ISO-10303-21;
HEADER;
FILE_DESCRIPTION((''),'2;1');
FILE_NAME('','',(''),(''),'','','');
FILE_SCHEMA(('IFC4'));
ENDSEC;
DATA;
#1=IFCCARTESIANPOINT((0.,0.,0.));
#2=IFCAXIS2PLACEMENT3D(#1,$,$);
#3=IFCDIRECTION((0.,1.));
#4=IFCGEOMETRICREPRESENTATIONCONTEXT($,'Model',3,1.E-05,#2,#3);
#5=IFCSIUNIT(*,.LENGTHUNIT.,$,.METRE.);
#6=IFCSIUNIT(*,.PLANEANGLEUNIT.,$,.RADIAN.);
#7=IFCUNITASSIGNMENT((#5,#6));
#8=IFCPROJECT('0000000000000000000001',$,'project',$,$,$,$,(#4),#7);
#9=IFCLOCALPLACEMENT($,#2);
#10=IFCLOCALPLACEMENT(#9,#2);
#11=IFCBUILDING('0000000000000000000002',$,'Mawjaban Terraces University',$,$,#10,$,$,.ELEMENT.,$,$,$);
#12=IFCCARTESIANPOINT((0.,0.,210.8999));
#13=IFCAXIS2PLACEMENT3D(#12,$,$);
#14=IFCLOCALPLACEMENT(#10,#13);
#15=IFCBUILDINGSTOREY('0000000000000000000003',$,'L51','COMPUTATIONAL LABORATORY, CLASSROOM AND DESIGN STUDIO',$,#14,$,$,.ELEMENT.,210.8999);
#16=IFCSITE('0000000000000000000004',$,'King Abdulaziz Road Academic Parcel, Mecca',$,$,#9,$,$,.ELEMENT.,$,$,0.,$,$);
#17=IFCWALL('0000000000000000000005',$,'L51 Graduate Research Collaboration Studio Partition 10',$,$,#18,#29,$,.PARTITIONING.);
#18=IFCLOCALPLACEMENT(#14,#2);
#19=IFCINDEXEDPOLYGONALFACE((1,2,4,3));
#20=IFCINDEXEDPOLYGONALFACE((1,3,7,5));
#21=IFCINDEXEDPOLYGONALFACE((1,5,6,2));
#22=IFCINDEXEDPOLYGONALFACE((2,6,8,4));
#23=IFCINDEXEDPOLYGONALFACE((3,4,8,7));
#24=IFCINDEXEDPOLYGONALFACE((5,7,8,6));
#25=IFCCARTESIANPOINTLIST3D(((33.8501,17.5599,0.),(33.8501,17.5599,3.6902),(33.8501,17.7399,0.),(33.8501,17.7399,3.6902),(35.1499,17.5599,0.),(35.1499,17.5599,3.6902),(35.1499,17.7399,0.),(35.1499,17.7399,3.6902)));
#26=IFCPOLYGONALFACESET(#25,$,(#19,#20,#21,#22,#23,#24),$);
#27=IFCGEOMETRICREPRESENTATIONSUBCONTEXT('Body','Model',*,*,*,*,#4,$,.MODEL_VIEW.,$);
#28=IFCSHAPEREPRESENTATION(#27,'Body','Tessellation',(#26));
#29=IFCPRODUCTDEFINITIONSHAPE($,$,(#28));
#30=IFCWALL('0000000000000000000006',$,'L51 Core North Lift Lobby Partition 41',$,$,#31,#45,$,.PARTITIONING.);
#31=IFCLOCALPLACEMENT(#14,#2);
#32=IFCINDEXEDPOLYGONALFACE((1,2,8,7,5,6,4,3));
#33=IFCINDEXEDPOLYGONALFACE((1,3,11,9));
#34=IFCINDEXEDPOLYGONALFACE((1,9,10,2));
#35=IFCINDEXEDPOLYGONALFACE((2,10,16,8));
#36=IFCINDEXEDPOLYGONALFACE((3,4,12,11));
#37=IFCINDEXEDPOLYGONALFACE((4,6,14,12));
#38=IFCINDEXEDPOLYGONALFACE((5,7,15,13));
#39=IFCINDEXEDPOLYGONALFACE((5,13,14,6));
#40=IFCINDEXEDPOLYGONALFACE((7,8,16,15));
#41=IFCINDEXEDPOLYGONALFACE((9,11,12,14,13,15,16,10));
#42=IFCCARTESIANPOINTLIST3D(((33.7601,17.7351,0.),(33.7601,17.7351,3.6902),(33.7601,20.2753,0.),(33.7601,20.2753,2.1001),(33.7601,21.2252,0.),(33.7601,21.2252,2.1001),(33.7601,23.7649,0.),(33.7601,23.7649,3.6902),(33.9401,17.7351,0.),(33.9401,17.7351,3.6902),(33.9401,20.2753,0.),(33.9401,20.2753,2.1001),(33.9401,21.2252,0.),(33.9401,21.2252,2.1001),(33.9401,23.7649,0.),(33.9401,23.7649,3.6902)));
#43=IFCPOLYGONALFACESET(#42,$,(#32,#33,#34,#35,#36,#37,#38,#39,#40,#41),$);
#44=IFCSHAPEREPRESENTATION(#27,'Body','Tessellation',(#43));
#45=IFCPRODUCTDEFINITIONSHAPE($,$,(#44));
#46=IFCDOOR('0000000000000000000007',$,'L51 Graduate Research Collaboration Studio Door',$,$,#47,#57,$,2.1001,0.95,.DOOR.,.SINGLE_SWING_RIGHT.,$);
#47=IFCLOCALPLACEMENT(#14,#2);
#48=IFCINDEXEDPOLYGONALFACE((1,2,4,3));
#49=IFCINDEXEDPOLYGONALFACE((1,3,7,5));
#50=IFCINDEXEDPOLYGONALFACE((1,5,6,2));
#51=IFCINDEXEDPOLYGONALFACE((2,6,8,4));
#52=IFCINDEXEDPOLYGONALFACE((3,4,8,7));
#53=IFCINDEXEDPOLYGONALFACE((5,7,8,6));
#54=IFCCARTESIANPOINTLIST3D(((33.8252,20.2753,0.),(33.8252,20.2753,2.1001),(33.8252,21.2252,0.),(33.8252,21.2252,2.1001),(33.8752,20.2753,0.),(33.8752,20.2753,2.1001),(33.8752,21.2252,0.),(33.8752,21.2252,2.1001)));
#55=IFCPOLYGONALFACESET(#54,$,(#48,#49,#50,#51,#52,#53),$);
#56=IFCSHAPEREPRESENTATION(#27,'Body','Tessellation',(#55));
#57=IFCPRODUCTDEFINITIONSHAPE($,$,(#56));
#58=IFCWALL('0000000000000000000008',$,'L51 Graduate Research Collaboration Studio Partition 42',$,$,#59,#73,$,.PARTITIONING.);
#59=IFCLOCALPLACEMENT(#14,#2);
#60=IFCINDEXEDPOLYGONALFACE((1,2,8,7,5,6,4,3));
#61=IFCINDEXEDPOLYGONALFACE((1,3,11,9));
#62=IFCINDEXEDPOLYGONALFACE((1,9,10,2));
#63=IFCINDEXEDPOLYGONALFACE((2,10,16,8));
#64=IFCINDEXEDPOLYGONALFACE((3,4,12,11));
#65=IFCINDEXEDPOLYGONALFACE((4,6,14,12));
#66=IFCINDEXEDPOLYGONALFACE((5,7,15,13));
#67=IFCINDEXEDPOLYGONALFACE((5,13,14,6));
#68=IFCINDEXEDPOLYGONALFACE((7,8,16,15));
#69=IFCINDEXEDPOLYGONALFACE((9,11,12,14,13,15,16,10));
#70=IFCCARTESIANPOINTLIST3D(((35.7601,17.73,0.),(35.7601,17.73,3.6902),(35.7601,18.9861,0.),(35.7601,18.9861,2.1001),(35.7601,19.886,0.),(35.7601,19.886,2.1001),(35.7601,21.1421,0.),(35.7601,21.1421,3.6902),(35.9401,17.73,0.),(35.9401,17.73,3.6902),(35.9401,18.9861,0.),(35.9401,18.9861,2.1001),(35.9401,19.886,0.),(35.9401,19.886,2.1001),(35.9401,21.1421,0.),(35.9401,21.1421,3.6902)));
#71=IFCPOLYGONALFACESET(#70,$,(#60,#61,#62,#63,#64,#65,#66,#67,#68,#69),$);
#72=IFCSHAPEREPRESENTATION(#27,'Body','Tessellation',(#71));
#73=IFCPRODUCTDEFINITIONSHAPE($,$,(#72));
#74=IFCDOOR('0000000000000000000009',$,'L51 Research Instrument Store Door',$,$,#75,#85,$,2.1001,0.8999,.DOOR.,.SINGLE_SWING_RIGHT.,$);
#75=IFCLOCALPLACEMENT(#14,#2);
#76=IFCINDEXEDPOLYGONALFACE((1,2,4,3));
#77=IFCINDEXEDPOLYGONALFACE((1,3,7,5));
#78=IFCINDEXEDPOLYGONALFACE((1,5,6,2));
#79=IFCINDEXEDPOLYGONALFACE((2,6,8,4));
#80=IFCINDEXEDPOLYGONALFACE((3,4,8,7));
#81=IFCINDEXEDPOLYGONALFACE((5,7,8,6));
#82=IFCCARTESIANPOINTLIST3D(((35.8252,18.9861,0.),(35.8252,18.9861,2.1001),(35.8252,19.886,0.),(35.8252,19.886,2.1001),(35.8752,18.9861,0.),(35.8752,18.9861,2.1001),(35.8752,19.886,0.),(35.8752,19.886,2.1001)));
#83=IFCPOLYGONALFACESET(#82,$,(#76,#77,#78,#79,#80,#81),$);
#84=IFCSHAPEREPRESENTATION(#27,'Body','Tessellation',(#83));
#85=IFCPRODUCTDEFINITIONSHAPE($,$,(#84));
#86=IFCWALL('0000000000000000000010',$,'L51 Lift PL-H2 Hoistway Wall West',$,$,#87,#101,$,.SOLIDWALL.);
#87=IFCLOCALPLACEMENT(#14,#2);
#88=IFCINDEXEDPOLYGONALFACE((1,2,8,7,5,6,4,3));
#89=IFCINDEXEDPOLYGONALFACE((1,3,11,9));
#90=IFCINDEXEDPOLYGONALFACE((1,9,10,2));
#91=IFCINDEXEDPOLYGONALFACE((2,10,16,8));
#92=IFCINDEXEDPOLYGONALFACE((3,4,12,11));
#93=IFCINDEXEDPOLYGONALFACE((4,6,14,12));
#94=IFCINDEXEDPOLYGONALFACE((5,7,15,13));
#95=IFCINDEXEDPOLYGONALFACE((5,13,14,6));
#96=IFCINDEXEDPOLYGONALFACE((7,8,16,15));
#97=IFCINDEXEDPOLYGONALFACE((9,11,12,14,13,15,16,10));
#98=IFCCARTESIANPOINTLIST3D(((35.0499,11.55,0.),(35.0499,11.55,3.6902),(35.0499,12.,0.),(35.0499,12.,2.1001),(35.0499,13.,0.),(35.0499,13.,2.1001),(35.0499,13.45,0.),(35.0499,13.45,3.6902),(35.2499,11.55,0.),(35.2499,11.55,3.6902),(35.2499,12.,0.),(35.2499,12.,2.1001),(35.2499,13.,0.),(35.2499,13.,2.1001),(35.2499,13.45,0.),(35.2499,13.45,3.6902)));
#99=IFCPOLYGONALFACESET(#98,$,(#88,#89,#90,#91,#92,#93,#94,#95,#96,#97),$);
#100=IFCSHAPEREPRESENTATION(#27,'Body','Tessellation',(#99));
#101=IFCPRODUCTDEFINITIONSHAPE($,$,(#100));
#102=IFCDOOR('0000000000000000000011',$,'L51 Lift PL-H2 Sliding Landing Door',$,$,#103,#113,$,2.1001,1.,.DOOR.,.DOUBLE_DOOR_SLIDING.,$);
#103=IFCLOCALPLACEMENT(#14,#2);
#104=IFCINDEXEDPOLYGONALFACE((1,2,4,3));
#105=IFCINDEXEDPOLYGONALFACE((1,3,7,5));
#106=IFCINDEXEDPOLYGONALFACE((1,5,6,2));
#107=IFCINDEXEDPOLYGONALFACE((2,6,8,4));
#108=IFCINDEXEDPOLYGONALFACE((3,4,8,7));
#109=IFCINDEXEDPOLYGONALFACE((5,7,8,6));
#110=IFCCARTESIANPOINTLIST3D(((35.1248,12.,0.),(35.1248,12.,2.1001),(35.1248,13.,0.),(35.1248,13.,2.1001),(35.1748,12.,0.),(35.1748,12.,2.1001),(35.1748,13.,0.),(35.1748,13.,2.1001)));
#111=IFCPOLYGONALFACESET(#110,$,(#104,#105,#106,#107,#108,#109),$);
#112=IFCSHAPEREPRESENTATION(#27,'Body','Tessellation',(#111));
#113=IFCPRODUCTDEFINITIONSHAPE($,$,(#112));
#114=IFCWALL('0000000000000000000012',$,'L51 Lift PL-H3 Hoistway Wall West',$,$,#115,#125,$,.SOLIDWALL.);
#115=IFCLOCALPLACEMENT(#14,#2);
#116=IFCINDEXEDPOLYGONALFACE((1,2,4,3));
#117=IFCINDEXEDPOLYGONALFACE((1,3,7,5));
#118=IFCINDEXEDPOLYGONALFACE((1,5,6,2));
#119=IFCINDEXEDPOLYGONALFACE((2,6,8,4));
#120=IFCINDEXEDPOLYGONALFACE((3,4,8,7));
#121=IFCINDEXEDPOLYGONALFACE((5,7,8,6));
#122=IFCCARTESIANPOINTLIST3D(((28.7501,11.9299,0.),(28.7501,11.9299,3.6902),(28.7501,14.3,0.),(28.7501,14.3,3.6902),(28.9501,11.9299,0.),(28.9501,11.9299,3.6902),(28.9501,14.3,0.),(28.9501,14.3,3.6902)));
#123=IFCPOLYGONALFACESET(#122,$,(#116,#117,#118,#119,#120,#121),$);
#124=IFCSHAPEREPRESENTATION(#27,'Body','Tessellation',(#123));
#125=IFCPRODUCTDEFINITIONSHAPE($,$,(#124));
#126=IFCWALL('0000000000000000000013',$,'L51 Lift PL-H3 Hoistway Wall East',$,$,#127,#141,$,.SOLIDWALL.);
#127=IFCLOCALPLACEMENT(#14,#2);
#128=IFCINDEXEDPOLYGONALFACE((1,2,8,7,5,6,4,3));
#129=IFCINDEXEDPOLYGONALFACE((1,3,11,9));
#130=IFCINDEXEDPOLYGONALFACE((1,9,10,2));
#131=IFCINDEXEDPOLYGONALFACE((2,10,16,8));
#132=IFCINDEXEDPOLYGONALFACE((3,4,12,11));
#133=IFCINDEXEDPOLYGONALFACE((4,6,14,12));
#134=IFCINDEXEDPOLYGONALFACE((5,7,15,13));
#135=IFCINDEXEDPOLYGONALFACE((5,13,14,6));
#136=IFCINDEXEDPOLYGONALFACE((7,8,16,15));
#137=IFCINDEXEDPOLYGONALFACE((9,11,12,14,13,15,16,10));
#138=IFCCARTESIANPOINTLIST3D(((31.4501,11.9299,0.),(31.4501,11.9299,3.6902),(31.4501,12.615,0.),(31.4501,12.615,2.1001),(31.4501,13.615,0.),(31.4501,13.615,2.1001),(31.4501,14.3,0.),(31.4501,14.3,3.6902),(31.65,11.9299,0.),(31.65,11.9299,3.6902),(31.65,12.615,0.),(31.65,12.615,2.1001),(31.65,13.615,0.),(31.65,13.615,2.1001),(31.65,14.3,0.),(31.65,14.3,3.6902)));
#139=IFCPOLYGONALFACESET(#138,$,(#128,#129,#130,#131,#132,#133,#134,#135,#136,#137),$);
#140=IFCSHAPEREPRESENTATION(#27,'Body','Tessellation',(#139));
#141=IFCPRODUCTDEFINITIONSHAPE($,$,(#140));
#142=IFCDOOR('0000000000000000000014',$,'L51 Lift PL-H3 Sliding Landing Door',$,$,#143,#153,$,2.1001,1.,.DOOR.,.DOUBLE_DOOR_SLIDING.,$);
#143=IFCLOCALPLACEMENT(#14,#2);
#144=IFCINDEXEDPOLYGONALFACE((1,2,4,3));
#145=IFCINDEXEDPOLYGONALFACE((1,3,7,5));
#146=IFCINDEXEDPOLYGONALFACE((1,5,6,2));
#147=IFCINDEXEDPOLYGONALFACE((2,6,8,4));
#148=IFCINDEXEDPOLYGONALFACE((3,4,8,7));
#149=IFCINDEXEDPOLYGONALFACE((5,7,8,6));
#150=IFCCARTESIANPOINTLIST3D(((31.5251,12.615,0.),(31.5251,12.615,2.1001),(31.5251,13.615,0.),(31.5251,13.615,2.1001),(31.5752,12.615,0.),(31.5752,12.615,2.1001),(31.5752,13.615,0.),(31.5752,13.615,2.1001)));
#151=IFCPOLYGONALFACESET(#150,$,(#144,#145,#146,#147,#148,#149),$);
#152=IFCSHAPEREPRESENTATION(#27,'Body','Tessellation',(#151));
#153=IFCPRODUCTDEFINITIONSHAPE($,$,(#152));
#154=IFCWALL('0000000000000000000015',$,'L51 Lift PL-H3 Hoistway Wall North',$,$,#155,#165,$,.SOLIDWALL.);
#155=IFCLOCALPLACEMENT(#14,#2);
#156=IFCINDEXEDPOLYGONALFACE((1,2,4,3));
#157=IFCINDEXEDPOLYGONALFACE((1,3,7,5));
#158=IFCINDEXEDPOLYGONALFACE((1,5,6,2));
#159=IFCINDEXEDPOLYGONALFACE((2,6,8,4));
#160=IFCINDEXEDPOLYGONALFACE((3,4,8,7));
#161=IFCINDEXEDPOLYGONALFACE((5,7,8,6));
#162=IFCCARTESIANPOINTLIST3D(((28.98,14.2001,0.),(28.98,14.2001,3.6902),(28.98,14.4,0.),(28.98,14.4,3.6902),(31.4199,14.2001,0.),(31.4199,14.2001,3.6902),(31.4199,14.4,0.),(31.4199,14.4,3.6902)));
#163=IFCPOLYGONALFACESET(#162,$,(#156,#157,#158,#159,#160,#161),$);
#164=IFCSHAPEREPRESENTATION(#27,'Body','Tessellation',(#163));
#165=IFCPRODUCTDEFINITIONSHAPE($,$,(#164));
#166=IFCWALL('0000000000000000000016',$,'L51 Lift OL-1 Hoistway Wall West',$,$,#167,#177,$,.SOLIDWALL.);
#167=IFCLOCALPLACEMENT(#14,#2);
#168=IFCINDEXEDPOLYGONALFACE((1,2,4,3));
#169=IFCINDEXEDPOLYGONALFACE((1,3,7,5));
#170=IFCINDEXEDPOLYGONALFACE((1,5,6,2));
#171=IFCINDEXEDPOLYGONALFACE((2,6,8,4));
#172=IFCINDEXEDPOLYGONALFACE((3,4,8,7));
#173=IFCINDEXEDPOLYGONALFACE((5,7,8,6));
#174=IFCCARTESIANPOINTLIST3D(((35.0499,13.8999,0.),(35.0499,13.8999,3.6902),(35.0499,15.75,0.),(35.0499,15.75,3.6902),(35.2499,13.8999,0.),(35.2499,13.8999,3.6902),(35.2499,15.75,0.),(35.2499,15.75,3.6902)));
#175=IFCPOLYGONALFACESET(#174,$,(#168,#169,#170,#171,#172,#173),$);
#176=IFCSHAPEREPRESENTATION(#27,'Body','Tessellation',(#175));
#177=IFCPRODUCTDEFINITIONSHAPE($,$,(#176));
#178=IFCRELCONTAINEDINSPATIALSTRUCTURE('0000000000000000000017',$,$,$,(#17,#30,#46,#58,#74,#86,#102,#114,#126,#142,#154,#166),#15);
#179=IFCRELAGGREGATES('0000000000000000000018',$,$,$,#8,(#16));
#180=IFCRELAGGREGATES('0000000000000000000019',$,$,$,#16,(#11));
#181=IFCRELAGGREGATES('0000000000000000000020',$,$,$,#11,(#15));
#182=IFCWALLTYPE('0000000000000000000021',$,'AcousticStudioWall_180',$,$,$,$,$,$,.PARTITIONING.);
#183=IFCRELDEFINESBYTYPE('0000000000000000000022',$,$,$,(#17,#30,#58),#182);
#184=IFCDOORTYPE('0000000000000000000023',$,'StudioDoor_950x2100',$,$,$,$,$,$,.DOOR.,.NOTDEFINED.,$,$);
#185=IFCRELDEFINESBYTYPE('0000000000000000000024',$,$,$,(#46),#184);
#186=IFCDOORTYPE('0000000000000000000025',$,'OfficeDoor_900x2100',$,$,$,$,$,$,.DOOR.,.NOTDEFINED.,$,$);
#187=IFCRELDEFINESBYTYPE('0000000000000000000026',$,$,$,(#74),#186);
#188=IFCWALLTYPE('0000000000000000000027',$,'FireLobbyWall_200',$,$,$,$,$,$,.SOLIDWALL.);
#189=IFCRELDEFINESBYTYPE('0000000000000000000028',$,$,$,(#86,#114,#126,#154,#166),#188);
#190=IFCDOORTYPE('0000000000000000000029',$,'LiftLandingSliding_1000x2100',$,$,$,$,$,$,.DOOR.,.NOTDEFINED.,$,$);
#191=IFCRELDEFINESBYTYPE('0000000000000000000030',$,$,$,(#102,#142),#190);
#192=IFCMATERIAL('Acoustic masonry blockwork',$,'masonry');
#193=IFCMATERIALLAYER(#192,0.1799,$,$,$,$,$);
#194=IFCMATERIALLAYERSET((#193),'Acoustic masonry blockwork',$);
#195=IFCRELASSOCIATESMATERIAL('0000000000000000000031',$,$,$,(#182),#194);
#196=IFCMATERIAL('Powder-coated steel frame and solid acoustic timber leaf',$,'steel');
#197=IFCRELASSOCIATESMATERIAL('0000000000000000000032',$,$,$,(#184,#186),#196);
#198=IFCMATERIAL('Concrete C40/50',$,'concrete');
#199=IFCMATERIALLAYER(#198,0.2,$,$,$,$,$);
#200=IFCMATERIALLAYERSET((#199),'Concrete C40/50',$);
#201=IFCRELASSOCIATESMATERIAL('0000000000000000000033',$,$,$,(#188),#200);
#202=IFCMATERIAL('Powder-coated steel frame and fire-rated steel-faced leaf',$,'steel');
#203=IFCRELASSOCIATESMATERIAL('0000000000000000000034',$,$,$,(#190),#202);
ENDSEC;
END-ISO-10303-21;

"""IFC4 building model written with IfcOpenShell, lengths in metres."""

from ifc_helpers import new_model, si_unit, direction, frame, frame_2d, origin, place, context, subcontext, project, spatial, rectangle, extrude, material, layer, layer_set, type_object, element, fill, save


model = new_model("IFC4")

# Units and contexts
model_context = context("Model", 3, precision=1e-05, world=origin(), true_north=direction((0.0, 1.0)))
body_context = subcontext(model_context, "Body", "Model", "MODEL_VIEW")
ifc_project = project(units=[si_unit("LENGTHUNIT", "METRE"), si_unit("PLANEANGLEUNIT", "RADIAN")], contexts=[model_context])

# Site, building, storey
site_placement = place(None, origin())
site = spatial("IfcSite", under=ifc_project, at=site_placement, Name="King Abdulaziz Road Academic Parcel, Mecca", CompositionType="ELEMENT", RefElevation=0.0)
building_placement = place(site_placement, origin())
building = spatial("IfcBuilding", under=site, at=building_placement, Name="Mawjaban Terraces University", CompositionType="ELEMENT")
storey_placement = place(building_placement, frame((0.0, 0.0, 210.8999)))
storey = spatial("IfcBuildingStorey", under=building, at=storey_placement, Name="L51", Description="COMPUTATIONAL LABORATORY, CLASSROOM AND DESIGN STUDIO", CompositionType="ELEMENT", Elevation=210.8999)

# Wall
ifc_material_1 = material(Name="Acoustic masonry blockwork", Category="masonry")
ifc_layer_1 = layer(ifc_material_1, 0.1799)
ifc_layer_set_1 = layer_set([ifc_layer_1], Name="Acoustic masonry blockwork")
wall_type_1 = type_object("IfcWallType", Name="AcousticStudioWall_180", PredefinedType="PARTITIONING", material=ifc_layer_set_1)
wall_1_placement = place(storey_placement, frame((33.8501, 17.6499, 0.0), z_axis=(0.0, 0.0, 1.0), x_axis=(1.0, 0.0, 0.0)))
element("IfcWall", 1, at=wall_1_placement, inside=storey, type_object=wall_type_1, Name="L51 Graduate Research Collaboration Studio Partition 10", PredefinedType="PARTITIONING", context=body_context, shape_type="SweptSolid", body=[
    extrude(rectangle(XDim=1.2998, YDim=0.1799, at=frame_2d((0.6499, 0.0))), origin(), (0.0, 0.0, 1.0), 3.6902),
])

# Walls, openings, doors
wall_2_placement = place(storey_placement, frame((33.8501, 17.7351, 0.0), z_axis=(0.0, 0.0, 1.0), x_axis=(0.0, 1.0, 0.0)))
wall_2 = element("IfcWall", 2, at=wall_2_placement, inside=storey, type_object=wall_type_1, Name="L51 Core North Lift Lobby Partition 41", PredefinedType="PARTITIONING", context=body_context, shape_type="SweptSolid", body=[
    extrude(rectangle(XDim=6.0298, YDim=0.1799, at=frame_2d((3.0149, 0.0))), origin(), (0.0, 0.0, 1.0), 3.6902),
])
opening_1_placement = place(wall_2_placement, frame((2.54, 0.0, 0.0)))
opening_1 = element("IfcOpeningElement", 3, at=opening_1_placement, cuts=wall_2, PredefinedType="OPENING", context=body_context, shape_type="SweptSolid", body=[
    extrude(rectangle(XDim=0.95, YDim=2.1001, at=frame_2d((0.4751, 1.05))), frame((0.0, 0.0999, 0.0), z_axis=(0.0, -1.0, 0.0), x_axis=(1.0, 0.0, 0.0)), (0.0, 0.0, 1.0), 0.2),
])
ifc_material_2 = material(Name="Powder-coated steel frame and solid acoustic timber leaf", Category="steel")
door_type_1 = type_object("IfcDoorType", Name="StudioDoor_950x2100", OperationType="NOTDEFINED", PredefinedType="DOOR", material=ifc_material_2)
door_1_placement = place(opening_1_placement, origin())
door_1 = element("IfcDoor", 4, at=door_1_placement, inside=storey, type_object=door_type_1, Name="L51 Graduate Research Collaboration Studio Door", OperationType="SINGLE_SWING_RIGHT", OverallHeight=2.1001, OverallWidth=0.95, PredefinedType="DOOR", context=body_context, shape_type="SweptSolid", body=[
    extrude(rectangle(XDim=0.95, YDim=2.1001, at=frame_2d((0.4751, 1.05))), frame((0.0, 0.0249, 0.0), z_axis=(0.0, -1.0, 0.0), x_axis=(1.0, 0.0, 0.0)), (0.0, 0.0, 1.0), 0.05),
])
fill(opening_1, door_1)
wall_3_placement = place(storey_placement, frame((35.8501, 17.73, 0.0), z_axis=(0.0, 0.0, 1.0), x_axis=(0.0, 1.0, 0.0)))
wall_3 = element("IfcWall", 5, at=wall_3_placement, inside=storey, type_object=wall_type_1, Name="L51 Graduate Research Collaboration Studio Partition 42", PredefinedType="PARTITIONING", context=body_context, shape_type="SweptSolid", body=[
    extrude(rectangle(XDim=3.4121, YDim=0.1799, at=frame_2d((1.7061, 0.0))), origin(), (0.0, 0.0, 1.0), 3.6902),
])
opening_2_placement = place(wall_3_placement, frame((1.2561, 0.0, 0.0)))
opening_2 = element("IfcOpeningElement", 6, at=opening_2_placement, cuts=wall_3, PredefinedType="OPENING", context=body_context, shape_type="SweptSolid", body=[
    extrude(rectangle(XDim=0.8999, YDim=2.1001, at=frame_2d((0.45, 1.05))), frame((0.0, 0.0999, 0.0), z_axis=(0.0, -1.0, 0.0), x_axis=(1.0, 0.0, 0.0)), (0.0, 0.0, 1.0), 0.2),
])
door_type_2 = type_object("IfcDoorType", Name="OfficeDoor_900x2100", OperationType="NOTDEFINED", PredefinedType="DOOR", material=ifc_material_2)
door_2_placement = place(opening_2_placement, origin())
door_2 = element("IfcDoor", 7, at=door_2_placement, inside=storey, type_object=door_type_2, Name="L51 Research Instrument Store Door", OperationType="SINGLE_SWING_RIGHT", OverallHeight=2.1001, OverallWidth=0.8999, PredefinedType="DOOR", context=body_context, shape_type="SweptSolid", body=[
    extrude(rectangle(XDim=0.8999, YDim=2.1001, at=frame_2d((0.45, 1.05))), frame((0.0, 0.0249, 0.0), z_axis=(0.0, -1.0, 0.0), x_axis=(1.0, 0.0, 0.0)), (0.0, 0.0, 1.0), 0.05),
])
fill(opening_2, door_2)
ifc_material_3 = material(Name="Concrete C40/50", Category="concrete")
ifc_layer_2 = layer(ifc_material_3, 0.2)
ifc_layer_set_2 = layer_set([ifc_layer_2], Name="Concrete C40/50")
wall_type_2 = type_object("IfcWallType", Name="FireLobbyWall_200", PredefinedType="SOLIDWALL", material=ifc_layer_set_2)
wall_4_placement = place(storey_placement, frame((35.1499, 13.45, 0.0), z_axis=(0.0, 0.0, 1.0), x_axis=(0.0, -1.0, 0.0)))
wall_4 = element("IfcWall", 8, at=wall_4_placement, inside=storey, type_object=wall_type_2, Name="L51 Lift PL-H2 Hoistway Wall West", PredefinedType="SOLIDWALL", context=body_context, shape_type="SweptSolid", body=[
    extrude(rectangle(XDim=1.8999, YDim=0.2, at=frame_2d((0.95, 0.0))), origin(), (0.0, 0.0, 1.0), 3.6902),
])
opening_3_placement = place(wall_4_placement, frame((0.45, 0.0, 0.0)))
opening_3 = element("IfcOpeningElement", 9, at=opening_3_placement, cuts=wall_4, PredefinedType="OPENING", context=body_context, shape_type="SweptSolid", body=[
    extrude(rectangle(XDim=1.0, YDim=2.1001, at=frame_2d((0.5, 1.05))), frame((0.0, 0.1099, 0.0), z_axis=(0.0, -1.0, 0.0), x_axis=(1.0, 0.0, 0.0)), (0.0, 0.0, 1.0), 0.22),
])
ifc_material_4 = material(Name="Powder-coated steel frame and fire-rated steel-faced leaf", Category="steel")
door_type_3 = type_object("IfcDoorType", Name="LiftLandingSliding_1000x2100", OperationType="NOTDEFINED", PredefinedType="DOOR", material=ifc_material_4)
door_3_placement = place(opening_3_placement, origin())
door_3 = element("IfcDoor", 10, at=door_3_placement, inside=storey, type_object=door_type_3, Name="L51 Lift PL-H2 Sliding Landing Door", OperationType="DOUBLE_DOOR_SLIDING", OverallHeight=2.1001, OverallWidth=1.0, PredefinedType="DOOR", context=body_context, shape_type="SweptSolid", body=[
    extrude(rectangle(XDim=1.0, YDim=2.1001, at=frame_2d((0.5, 1.05))), frame((0.0, 0.0249, 0.0), z_axis=(0.0, -1.0, 0.0), x_axis=(1.0, 0.0, 0.0)), (0.0, 0.0, 1.0), 0.05),
])
fill(opening_3, door_3)

# Wall
wall_5_placement = place(storey_placement, frame((28.8501, 14.3, 0.0), z_axis=(0.0, 0.0, 1.0), x_axis=(0.0, -1.0, 0.0)))
element("IfcWall", 11, at=wall_5_placement, inside=storey, type_object=wall_type_2, Name="L51 Lift PL-H3 Hoistway Wall West", PredefinedType="SOLIDWALL", context=body_context, shape_type="SweptSolid", body=[
    extrude(rectangle(XDim=2.3701, YDim=0.2, at=frame_2d((1.1851, 0.0))), origin(), (0.0, 0.0, 1.0), 3.6902),
])

# Wall, opening, door
wall_6_placement = place(storey_placement, frame((31.55, 11.9299, 0.0), z_axis=(0.0, 0.0, 1.0), x_axis=(0.0, 1.0, 0.0)))
wall_6 = element("IfcWall", 12, at=wall_6_placement, inside=storey, type_object=wall_type_2, Name="L51 Lift PL-H3 Hoistway Wall East", PredefinedType="SOLIDWALL", context=body_context, shape_type="SweptSolid", body=[
    extrude(rectangle(XDim=2.3701, YDim=0.2, at=frame_2d((1.1851, 0.0))), origin(), (0.0, 0.0, 1.0), 3.6902),
])
opening_4_placement = place(wall_6_placement, frame((0.6851, 0.0, 0.0)))
opening_4 = element("IfcOpeningElement", 13, at=opening_4_placement, cuts=wall_6, PredefinedType="OPENING", context=body_context, shape_type="SweptSolid", body=[
    extrude(rectangle(XDim=1.0, YDim=2.1001, at=frame_2d((0.5, 1.05))), frame((0.0, 0.1099, 0.0), z_axis=(0.0, -1.0, 0.0), x_axis=(1.0, 0.0, 0.0)), (0.0, 0.0, 1.0), 0.22),
])
door_4_placement = place(opening_4_placement, origin())
door_4 = element("IfcDoor", 14, at=door_4_placement, inside=storey, type_object=door_type_3, Name="L51 Lift PL-H3 Sliding Landing Door", OperationType="DOUBLE_DOOR_SLIDING", OverallHeight=2.1001, OverallWidth=1.0, PredefinedType="DOOR", context=body_context, shape_type="SweptSolid", body=[
    extrude(rectangle(XDim=1.0, YDim=2.1001, at=frame_2d((0.5, 1.05))), frame((0.0, 0.0249, 0.0), z_axis=(0.0, -1.0, 0.0), x_axis=(1.0, 0.0, 0.0)), (0.0, 0.0, 1.0), 0.05),
])
fill(opening_4, door_4)

# Walls
wall_7_placement = place(storey_placement, frame((31.4199, 14.3, 0.0), z_axis=(0.0, 0.0, 1.0), x_axis=(-1.0, 0.0, 0.0)))
element("IfcWall", 15, at=wall_7_placement, inside=storey, type_object=wall_type_2, Name="L51 Lift PL-H3 Hoistway Wall North", PredefinedType="SOLIDWALL", context=body_context, shape_type="SweptSolid", body=[
    extrude(rectangle(XDim=2.4399, YDim=0.2, at=frame_2d((1.22, 0.0))), origin(), (0.0, 0.0, 1.0), 3.6902),
])
wall_8_placement = place(storey_placement, frame((35.1499, 15.75, 0.0), z_axis=(0.0, 0.0, 1.0), x_axis=(0.0, -1.0, 0.0)))
element("IfcWall", 16, at=wall_8_placement, inside=storey, type_object=wall_type_2, Name="L51 Lift OL-1 Hoistway Wall West", PredefinedType="SOLIDWALL", context=body_context, shape_type="SweptSolid", body=[
    extrude(rectangle(XDim=1.8501, YDim=0.2, at=frame_2d((0.925, 0.0))), origin(), (0.0, 0.0, 1.0), 3.6902),
])

save(model, "model.ifc")
